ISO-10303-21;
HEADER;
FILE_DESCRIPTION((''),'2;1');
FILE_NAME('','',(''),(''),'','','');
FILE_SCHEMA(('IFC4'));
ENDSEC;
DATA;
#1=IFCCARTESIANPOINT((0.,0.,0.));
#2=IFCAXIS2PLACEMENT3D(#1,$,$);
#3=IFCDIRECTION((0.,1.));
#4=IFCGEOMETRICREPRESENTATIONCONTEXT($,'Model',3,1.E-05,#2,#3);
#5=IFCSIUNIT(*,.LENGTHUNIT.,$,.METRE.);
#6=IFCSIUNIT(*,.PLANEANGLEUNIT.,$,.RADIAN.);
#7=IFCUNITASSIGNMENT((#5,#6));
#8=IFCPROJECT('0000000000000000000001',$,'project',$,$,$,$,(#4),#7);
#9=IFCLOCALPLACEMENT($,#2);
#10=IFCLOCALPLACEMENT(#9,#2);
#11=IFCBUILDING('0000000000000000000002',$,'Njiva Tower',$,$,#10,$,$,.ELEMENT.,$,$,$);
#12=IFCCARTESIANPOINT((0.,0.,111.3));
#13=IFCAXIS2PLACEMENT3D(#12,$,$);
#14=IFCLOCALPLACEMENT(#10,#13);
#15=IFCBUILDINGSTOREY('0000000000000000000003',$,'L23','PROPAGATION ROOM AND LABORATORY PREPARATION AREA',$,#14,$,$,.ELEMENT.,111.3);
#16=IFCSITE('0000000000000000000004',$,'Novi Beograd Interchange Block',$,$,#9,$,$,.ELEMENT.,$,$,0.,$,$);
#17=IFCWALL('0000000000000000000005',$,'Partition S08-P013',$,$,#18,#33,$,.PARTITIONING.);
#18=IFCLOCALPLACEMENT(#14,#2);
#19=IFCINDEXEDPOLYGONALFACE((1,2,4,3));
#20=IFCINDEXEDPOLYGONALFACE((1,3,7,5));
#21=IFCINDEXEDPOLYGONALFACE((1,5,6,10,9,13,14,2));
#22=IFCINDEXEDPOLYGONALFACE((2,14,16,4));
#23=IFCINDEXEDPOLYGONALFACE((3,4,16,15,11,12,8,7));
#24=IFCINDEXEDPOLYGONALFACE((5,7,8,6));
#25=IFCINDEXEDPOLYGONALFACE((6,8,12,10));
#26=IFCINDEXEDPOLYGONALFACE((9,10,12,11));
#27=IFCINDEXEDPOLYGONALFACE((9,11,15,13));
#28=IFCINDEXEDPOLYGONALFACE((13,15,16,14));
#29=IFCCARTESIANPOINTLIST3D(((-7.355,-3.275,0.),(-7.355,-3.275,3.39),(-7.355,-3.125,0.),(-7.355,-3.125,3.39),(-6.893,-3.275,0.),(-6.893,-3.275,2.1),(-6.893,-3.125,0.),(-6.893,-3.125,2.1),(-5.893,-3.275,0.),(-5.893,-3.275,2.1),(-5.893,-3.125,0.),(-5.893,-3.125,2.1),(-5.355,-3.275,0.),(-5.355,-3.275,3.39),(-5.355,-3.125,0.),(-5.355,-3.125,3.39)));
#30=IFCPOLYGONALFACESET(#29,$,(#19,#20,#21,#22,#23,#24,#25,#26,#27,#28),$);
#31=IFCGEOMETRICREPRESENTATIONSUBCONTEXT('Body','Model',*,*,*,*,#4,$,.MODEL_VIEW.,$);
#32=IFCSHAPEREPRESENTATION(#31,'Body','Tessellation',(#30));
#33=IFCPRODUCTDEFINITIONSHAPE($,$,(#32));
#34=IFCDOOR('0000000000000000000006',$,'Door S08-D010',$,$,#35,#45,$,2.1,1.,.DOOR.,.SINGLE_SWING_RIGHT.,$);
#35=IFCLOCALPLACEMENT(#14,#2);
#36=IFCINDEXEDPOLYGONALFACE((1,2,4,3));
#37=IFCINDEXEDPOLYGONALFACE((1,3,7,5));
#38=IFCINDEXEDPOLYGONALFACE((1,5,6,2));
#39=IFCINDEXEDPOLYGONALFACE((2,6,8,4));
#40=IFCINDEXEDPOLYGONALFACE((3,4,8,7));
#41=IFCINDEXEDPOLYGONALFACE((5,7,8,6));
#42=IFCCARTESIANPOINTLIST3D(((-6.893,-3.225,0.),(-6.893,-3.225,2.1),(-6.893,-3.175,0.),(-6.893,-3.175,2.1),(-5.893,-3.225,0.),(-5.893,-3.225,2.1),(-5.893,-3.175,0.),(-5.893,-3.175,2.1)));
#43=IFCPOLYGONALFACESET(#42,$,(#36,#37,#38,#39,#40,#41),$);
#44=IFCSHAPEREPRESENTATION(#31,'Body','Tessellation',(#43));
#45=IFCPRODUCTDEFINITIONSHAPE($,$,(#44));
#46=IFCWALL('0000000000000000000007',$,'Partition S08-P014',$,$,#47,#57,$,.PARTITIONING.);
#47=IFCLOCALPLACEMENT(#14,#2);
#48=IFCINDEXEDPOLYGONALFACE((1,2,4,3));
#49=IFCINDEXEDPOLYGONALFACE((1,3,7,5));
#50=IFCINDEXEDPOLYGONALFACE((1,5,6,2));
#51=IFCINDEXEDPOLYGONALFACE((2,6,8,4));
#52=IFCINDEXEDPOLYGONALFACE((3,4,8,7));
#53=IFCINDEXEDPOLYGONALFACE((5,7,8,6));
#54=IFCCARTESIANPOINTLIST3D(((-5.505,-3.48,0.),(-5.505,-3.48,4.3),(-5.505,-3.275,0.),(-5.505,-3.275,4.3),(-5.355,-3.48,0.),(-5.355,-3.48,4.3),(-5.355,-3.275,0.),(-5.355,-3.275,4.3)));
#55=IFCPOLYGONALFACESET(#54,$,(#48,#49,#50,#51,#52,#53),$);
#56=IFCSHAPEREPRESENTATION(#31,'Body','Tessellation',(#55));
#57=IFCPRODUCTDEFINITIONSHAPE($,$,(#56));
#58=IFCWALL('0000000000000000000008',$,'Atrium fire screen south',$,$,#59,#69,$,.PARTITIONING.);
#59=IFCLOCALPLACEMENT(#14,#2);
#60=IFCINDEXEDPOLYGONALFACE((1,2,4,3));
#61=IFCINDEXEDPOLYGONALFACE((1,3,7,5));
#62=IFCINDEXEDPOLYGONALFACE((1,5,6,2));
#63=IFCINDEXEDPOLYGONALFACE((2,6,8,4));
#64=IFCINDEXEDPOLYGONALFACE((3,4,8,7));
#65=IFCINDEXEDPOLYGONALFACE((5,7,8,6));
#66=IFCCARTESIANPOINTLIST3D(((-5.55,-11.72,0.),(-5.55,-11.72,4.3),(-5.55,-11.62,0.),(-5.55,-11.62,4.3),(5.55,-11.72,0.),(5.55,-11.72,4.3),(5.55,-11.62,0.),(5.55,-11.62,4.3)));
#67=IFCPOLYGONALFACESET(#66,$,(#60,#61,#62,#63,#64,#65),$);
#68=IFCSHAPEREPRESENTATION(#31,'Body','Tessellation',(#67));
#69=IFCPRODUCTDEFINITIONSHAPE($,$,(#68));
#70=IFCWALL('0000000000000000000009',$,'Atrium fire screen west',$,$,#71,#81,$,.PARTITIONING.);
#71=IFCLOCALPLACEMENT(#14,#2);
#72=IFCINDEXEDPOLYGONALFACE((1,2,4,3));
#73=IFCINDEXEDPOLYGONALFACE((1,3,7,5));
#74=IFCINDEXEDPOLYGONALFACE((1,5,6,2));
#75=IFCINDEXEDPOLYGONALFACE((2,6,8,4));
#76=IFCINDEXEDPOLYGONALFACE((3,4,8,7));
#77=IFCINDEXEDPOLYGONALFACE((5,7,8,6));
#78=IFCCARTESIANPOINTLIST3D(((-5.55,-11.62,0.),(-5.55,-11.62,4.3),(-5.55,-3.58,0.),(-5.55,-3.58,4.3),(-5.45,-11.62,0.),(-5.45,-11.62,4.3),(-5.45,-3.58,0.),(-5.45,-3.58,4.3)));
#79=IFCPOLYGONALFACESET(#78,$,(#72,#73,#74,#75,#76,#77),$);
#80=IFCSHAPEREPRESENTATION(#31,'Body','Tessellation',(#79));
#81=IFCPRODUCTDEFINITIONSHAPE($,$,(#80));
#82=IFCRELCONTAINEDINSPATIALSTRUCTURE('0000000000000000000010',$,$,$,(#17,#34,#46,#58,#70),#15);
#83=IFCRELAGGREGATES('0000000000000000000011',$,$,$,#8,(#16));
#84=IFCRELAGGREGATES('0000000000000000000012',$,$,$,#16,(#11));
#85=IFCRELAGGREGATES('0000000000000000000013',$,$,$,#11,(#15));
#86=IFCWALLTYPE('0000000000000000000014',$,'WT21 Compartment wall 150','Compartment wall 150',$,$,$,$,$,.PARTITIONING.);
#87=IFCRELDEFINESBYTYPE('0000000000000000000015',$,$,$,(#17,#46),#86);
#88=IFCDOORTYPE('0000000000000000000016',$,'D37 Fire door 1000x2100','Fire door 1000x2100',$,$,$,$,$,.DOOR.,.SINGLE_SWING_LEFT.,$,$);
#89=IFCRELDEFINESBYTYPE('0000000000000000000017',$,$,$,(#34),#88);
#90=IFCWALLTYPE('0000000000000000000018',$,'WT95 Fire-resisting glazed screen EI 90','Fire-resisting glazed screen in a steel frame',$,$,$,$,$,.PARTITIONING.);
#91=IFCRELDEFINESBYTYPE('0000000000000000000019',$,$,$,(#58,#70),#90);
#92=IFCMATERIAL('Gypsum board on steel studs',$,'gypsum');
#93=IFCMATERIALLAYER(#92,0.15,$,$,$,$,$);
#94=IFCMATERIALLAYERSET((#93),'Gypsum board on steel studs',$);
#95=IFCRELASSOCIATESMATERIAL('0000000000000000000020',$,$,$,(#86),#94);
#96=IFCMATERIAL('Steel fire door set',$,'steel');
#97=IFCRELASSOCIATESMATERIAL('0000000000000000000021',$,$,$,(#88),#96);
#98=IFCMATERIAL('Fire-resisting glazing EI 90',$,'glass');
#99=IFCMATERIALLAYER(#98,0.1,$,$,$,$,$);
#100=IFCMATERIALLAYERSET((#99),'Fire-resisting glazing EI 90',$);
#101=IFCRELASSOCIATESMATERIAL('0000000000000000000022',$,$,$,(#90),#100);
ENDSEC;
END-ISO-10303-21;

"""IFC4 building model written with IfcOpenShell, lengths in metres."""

from ifc_helpers import new_model, si_unit, direction, frame, frame_2d, origin, place, context, subcontext, project, spatial, rectangle, extrude, material, layer, layer_set, type_object, element, fill, save


model = new_model("IFC4")

# Units and contexts
model_context = context("Model", 3, precision=1e-05, world=origin(), true_north=direction((0.0, 1.0)))
body_context = subcontext(model_context, "Body", "Model", "MODEL_VIEW")
ifc_project = project(units=[si_unit("LENGTHUNIT", "METRE"), si_unit("PLANEANGLEUNIT", "RADIAN")], contexts=[model_context])

# Site, building, storey
site_placement = place(None, origin())
site = spatial("IfcSite", under=ifc_project, at=site_placement, Name="Novi Beograd Interchange Block", CompositionType="ELEMENT", RefElevation=0.0)
building_placement = place(site_placement, origin())
building = spatial("IfcBuilding", under=site, at=building_placement, Name="Njiva Tower", CompositionType="ELEMENT")
storey_placement = place(building_placement, frame((0.0, 0.0, 111.3)))
storey = spatial("IfcBuildingStorey", under=building, at=storey_placement, Name="L23", Description="PROPAGATION ROOM AND LABORATORY PREPARATION AREA", CompositionType="ELEMENT", Elevation=111.3)

# Wall, opening, door
ifc_material_1 = material(Name="Gypsum board on steel studs", Category="gypsum")
ifc_layer_1 = layer(ifc_material_1, 0.15)
ifc_layer_set_1 = layer_set([ifc_layer_1], Name="Gypsum board on steel studs")
wall_type_1 = type_object("IfcWallType", Name="WT21 Compartment wall 150", Description="Compartment wall 150", PredefinedType="PARTITIONING", material=ifc_layer_set_1)
ifc_material_2 = material(Name="Steel fire door set", Category="steel")
door_type = type_object("IfcDoorType", Name="D37 Fire door 1000x2100", Description="Fire door 1000x2100", OperationType="SINGLE_SWING_LEFT", PredefinedType="DOOR", material=ifc_material_2)
wall_1_placement = place(storey_placement, frame((-7.355, -3.2, 0.0), z_axis=(0.0, 0.0, 1.0), x_axis=(1.0, 0.0, 0.0)))
wall_1 = element("IfcWall", 1, at=wall_1_placement, inside=storey, type_object=wall_type_1, Name="Partition S08-P013", PredefinedType="PARTITIONING", context=body_context, shape_type="SweptSolid", body=[
    extrude(rectangle(XDim=2.0, YDim=0.15, at=frame_2d((1.0, 0.0))), origin(), (0.0, 0.0, 1.0), 3.39),
])
opening_1_placement = place(wall_1_placement, frame((0.462, 0.0, 0.0)))
opening_1 = element("IfcOpeningElement", 2, at=opening_1_placement, cuts=wall_1, PredefinedType="OPENING", context=body_context, shape_type="SweptSolid", body=[
    extrude(rectangle(XDim=1.0, YDim=2.1, at=frame_2d((0.5, 1.05))), frame((0.0, 0.085, 0.0), z_axis=(0.0, -1.0, 0.0), x_axis=(1.0, 0.0, 0.0)), (0.0, 0.0, 1.0), 0.17),
])
door_1_placement = place(opening_1_placement, origin())
door_1 = element("IfcDoor", 3, at=door_1_placement, inside=storey, type_object=door_type, Name="Door S08-D010", OperationType="SINGLE_SWING_RIGHT", OverallHeight=2.1, OverallWidth=1.0, PredefinedType="DOOR", context=body_context, shape_type="SweptSolid", body=[
    extrude(rectangle(XDim=1.0, YDim=2.1, at=frame_2d((0.5, 1.05))), frame((0.0, 0.025, 0.0), z_axis=(0.0, -1.0, 0.0), x_axis=(1.0, 0.0, 0.0)), (0.0, 0.0, 1.0), 0.05),
])
fill(opening_1, door_1)

# Walls
wall_2_placement = place(storey_placement, frame((-5.43, -3.48, 0.0), z_axis=(0.0, 0.0, 1.0), x_axis=(0.0, 1.0, 0.0)))
element("IfcWall", 4, at=wall_2_placement, inside=storey, type_object=wall_type_1, Name="Partition S08-P014", PredefinedType="PARTITIONING", context=body_context, shape_type="SweptSolid", body=[
    extrude(rectangle(XDim=0.205, YDim=0.15, at=frame_2d((0.1025, 0.0))), origin(), (0.0, 0.0, 1.0), 4.3),
])
ifc_material_3 = material(Name="Fire-resisting glazing EI 90", Category="glass")
ifc_layer_2 = layer(ifc_material_3, 0.1)
ifc_layer_set_2 = layer_set([ifc_layer_2], Name="Fire-resisting glazing EI 90")
wall_type_2 = type_object("IfcWallType", Name="WT95 Fire-resisting glazed screen EI 90", Description="Fire-resisting glazed screen in a steel frame", PredefinedType="PARTITIONING", material=ifc_layer_set_2)
wall_3_placement = place(storey_placement, frame((-5.55, -11.67, 0.0), z_axis=(0.0, 0.0, 1.0), x_axis=(1.0, 0.0, 0.0)))
element("IfcWall", 5, at=wall_3_placement, inside=storey, type_object=wall_type_2, Name="Atrium fire screen south", PredefinedType="PARTITIONING", context=body_context, shape_type="SweptSolid", body=[
    extrude(rectangle(XDim=11.1, YDim=0.1, at=frame_2d((5.55, 0.0))), origin(), (0.0, 0.0, 1.0), 4.3),
])
wall_4_placement = place(storey_placement, frame((-5.5, -3.58, 0.0), z_axis=(0.0, 0.0, 1.0), x_axis=(0.0, -1.0, 0.0)))
element("IfcWall", 6, at=wall_4_placement, inside=storey, type_object=wall_type_2, Name="Atrium fire screen west", PredefinedType="PARTITIONING", context=body_context, shape_type="SweptSolid", body=[
    extrude(rectangle(XDim=8.04, YDim=0.1, at=frame_2d((4.02, 0.0))), origin(), (0.0, 0.0, 1.0), 4.3),
])

save(model, "model.ifc")
